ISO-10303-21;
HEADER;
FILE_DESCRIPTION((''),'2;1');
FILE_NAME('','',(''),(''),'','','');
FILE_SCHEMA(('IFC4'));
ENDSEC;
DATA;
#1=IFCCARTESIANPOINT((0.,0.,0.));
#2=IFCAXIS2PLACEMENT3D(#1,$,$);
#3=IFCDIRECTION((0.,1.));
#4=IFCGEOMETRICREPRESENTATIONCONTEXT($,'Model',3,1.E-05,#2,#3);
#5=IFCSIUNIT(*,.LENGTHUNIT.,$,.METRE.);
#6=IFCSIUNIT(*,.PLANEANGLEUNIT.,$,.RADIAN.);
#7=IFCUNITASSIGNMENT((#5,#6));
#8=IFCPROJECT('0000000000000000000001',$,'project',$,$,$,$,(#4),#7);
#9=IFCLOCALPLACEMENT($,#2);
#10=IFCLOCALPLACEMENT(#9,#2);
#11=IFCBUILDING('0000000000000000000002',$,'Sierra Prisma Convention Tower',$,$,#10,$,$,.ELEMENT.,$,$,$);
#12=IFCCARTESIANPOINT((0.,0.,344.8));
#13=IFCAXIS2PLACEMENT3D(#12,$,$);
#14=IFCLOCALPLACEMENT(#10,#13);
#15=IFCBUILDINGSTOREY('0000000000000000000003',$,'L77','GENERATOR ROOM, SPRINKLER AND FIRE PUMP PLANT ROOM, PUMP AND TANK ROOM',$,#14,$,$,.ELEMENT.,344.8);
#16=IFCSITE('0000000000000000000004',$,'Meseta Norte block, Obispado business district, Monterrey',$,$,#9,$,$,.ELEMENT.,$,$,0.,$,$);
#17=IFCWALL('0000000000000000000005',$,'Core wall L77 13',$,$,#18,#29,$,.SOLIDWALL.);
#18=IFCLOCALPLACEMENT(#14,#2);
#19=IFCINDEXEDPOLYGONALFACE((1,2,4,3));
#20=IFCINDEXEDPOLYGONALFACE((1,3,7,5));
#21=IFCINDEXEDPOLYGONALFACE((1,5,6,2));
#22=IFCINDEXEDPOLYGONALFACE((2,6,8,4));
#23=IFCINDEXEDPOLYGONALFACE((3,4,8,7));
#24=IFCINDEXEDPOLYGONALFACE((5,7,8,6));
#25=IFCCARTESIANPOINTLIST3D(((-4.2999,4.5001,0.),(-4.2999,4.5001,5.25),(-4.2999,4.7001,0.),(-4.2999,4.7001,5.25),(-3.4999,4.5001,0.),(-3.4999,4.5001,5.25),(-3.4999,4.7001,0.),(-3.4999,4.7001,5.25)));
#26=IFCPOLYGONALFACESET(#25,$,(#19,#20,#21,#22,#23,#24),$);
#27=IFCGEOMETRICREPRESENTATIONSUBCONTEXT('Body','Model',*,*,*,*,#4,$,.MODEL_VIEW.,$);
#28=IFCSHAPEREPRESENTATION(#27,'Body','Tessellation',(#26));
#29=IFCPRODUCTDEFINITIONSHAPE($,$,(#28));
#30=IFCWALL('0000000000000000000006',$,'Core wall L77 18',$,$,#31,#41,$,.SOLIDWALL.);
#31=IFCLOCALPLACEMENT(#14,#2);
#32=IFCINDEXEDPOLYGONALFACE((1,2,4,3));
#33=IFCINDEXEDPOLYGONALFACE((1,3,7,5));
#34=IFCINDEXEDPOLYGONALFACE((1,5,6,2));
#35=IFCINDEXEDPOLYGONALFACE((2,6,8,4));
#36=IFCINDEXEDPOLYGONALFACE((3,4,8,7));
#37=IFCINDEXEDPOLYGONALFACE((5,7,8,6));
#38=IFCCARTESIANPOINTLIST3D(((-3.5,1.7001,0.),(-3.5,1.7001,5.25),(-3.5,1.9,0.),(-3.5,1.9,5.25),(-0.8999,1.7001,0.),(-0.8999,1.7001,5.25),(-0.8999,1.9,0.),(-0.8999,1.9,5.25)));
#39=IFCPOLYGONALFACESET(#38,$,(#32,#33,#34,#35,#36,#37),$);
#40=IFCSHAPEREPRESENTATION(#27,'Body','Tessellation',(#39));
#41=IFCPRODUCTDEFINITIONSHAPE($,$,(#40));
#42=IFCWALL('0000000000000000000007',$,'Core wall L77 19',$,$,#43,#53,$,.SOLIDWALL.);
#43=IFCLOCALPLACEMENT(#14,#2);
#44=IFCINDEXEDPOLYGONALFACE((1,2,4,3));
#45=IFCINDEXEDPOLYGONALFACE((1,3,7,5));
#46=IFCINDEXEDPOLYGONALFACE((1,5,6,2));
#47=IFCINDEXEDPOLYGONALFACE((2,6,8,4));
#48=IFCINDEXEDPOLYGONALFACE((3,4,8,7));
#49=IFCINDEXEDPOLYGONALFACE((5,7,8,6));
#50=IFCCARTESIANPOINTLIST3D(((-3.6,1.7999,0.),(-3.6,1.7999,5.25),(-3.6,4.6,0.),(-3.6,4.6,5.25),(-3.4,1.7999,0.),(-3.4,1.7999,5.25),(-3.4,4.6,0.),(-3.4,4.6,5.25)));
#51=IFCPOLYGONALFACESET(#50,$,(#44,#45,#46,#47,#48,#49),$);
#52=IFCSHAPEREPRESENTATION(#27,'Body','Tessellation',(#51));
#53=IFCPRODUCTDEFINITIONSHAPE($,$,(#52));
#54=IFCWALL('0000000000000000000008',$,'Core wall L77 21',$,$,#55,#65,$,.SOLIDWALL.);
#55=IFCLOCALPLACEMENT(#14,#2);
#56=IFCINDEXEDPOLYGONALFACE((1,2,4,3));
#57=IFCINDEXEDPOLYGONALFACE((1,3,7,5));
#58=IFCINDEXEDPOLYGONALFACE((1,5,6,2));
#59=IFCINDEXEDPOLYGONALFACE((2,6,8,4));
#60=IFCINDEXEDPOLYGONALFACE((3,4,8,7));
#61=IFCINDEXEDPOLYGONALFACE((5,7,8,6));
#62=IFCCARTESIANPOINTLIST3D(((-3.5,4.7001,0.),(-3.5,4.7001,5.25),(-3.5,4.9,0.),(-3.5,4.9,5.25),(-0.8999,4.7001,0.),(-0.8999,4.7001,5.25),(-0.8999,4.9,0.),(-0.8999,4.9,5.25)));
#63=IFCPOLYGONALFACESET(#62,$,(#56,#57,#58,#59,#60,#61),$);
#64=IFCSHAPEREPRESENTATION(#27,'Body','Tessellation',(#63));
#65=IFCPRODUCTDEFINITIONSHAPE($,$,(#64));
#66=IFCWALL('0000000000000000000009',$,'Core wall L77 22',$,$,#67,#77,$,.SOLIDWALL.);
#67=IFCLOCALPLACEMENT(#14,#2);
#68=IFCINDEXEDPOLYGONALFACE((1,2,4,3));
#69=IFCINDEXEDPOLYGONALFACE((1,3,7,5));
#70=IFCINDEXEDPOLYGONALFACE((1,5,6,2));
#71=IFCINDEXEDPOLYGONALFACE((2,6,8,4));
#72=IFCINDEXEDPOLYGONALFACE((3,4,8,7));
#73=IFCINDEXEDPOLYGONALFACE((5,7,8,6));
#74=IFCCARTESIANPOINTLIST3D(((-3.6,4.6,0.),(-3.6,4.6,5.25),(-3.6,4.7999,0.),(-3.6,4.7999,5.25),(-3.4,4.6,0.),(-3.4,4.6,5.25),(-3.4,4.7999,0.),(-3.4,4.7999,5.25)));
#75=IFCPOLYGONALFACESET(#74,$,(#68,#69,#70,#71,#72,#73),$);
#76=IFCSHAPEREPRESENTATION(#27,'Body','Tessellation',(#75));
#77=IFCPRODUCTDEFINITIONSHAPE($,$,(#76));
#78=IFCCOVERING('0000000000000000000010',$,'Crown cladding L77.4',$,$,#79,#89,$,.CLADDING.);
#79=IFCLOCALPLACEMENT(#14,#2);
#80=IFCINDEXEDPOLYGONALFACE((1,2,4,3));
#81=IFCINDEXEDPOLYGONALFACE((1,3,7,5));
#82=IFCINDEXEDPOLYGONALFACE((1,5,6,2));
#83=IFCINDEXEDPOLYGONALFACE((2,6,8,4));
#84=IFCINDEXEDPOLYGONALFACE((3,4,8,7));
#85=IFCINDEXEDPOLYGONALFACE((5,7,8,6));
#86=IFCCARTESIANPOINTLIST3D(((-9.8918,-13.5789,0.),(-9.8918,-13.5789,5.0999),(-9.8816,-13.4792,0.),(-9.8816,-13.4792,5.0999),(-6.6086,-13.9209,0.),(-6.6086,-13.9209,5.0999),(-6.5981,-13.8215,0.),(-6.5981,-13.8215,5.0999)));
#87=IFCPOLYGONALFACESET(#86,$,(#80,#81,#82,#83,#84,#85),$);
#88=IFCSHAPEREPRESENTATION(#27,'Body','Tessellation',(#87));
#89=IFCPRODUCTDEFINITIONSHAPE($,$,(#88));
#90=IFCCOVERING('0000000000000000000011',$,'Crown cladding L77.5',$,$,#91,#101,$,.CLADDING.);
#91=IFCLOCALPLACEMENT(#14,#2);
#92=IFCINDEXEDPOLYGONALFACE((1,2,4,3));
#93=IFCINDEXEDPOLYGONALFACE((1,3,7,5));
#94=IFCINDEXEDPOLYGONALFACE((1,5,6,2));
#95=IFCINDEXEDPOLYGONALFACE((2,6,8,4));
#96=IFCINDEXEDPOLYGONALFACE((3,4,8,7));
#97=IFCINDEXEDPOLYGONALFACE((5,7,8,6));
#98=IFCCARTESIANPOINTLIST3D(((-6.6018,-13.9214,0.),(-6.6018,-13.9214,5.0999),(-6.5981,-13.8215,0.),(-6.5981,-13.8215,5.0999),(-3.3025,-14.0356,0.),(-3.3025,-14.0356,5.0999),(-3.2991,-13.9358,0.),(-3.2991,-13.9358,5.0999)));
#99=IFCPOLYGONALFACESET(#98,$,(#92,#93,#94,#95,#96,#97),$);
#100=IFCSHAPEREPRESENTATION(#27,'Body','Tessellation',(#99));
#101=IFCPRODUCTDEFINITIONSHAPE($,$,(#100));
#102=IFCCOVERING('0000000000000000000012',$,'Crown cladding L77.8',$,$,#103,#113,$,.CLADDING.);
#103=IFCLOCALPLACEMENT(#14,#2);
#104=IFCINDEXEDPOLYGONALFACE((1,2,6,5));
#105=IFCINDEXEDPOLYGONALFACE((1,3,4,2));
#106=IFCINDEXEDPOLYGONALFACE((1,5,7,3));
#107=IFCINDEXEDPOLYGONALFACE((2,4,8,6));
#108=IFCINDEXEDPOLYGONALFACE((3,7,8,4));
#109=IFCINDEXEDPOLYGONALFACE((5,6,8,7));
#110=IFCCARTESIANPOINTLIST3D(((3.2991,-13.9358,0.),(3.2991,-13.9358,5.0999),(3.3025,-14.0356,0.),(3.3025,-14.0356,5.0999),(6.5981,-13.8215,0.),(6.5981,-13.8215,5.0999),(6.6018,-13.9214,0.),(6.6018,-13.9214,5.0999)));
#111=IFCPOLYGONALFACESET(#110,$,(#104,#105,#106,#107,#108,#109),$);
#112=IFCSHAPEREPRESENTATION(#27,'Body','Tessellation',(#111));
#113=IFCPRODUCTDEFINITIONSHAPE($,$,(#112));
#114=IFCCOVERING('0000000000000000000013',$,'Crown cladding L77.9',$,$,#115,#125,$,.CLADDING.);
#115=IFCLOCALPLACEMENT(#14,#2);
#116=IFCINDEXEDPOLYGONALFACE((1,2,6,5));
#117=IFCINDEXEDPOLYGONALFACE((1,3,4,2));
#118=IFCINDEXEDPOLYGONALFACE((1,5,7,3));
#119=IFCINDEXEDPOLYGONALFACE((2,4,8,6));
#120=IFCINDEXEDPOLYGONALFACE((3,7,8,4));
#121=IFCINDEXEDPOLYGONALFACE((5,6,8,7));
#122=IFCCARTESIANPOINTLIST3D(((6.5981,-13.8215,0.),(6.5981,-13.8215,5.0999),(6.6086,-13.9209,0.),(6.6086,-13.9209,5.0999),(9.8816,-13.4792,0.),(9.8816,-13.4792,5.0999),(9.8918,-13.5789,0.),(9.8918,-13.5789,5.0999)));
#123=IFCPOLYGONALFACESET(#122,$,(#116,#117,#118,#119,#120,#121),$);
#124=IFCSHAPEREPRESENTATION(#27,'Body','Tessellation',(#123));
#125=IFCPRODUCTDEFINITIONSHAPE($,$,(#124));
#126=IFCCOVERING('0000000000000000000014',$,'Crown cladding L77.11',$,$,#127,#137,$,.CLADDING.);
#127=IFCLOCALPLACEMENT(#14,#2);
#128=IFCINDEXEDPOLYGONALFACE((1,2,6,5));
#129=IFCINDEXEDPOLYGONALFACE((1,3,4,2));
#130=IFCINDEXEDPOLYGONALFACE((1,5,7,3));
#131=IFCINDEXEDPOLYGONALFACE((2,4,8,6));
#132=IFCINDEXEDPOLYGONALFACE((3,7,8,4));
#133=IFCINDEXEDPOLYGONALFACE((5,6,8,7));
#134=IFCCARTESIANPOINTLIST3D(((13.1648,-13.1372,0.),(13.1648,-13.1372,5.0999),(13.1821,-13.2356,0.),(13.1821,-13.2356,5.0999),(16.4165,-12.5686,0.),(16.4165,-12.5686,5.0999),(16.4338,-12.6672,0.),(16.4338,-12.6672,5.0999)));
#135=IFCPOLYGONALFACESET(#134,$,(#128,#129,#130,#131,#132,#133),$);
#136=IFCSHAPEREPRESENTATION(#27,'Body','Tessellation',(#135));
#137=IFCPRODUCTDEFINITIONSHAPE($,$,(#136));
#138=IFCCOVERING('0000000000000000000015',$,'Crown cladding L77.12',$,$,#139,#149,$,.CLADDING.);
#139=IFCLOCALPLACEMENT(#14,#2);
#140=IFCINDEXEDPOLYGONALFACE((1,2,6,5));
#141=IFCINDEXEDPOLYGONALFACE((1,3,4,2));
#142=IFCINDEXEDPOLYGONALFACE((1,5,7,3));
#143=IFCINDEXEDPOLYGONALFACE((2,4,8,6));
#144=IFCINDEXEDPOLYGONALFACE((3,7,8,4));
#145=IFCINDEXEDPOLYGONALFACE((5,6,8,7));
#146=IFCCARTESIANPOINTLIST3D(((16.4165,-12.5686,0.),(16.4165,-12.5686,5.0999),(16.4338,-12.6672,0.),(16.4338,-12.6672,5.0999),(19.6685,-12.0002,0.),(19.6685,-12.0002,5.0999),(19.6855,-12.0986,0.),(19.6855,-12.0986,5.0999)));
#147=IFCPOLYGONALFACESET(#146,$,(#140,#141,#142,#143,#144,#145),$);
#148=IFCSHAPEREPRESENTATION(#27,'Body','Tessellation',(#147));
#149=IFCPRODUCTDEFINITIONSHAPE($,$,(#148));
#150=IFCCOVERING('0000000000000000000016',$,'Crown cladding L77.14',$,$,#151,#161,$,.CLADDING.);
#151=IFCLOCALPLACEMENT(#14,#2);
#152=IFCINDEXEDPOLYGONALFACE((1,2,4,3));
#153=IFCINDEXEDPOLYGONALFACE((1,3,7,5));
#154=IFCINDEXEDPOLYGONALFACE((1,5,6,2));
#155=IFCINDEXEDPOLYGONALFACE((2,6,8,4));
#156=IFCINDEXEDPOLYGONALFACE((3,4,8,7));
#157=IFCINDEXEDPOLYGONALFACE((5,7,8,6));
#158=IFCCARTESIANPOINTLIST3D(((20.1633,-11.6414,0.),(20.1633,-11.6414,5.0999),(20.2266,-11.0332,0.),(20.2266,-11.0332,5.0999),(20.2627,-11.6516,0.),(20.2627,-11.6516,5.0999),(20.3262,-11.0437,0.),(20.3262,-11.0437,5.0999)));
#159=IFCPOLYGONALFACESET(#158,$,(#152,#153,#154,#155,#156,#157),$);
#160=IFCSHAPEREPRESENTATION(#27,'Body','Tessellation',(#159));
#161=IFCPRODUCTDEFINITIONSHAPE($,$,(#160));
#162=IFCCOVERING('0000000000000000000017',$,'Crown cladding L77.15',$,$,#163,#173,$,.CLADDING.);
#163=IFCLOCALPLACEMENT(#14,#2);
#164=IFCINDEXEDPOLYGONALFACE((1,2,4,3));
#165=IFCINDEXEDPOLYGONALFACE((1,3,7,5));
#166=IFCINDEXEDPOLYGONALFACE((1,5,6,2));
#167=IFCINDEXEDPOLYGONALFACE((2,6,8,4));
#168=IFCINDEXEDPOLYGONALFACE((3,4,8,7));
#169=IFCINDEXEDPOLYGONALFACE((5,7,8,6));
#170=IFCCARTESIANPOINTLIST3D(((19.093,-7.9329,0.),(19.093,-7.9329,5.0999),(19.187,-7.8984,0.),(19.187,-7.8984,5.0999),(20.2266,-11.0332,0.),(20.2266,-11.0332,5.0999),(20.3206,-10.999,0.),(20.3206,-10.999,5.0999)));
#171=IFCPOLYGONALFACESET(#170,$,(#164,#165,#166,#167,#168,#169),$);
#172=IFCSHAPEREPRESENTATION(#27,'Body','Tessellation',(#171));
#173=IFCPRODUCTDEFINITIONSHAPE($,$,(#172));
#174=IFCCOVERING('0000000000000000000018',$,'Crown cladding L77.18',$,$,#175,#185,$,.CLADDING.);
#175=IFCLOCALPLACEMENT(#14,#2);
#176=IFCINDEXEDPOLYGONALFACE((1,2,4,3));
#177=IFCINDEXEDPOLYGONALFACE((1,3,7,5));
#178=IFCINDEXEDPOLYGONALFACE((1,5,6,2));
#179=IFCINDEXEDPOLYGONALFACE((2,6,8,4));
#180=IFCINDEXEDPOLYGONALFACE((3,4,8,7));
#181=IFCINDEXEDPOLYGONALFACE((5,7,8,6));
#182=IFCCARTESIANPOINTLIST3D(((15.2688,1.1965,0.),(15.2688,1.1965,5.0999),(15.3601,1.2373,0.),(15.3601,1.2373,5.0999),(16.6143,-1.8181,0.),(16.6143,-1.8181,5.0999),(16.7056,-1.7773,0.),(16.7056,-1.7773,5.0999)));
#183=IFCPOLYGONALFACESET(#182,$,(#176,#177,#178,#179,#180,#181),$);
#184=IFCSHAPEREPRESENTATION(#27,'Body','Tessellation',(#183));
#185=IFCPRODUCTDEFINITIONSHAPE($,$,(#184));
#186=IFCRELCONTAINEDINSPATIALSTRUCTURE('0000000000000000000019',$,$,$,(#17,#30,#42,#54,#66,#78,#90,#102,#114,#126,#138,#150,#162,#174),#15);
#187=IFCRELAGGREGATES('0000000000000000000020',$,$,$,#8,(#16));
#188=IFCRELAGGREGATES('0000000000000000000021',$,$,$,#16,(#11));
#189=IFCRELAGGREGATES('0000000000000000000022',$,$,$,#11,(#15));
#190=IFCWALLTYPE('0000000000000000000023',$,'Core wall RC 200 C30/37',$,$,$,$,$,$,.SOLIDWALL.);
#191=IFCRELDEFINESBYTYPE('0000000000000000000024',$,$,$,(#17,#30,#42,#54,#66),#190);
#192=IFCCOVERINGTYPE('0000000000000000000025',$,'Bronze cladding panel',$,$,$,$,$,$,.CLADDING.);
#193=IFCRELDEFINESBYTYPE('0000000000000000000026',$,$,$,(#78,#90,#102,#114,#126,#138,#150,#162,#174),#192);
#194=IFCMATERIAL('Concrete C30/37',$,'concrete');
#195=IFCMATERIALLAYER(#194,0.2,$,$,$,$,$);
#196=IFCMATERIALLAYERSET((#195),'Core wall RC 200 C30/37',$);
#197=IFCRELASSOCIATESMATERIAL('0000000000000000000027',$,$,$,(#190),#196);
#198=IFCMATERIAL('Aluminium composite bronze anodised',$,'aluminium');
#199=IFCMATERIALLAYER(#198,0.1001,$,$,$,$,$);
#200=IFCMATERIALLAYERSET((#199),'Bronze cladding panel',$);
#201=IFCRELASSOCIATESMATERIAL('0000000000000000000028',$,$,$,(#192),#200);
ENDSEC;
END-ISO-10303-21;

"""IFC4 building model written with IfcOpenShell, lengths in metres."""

from ifc_helpers import new_model, si_unit, direction, frame, frame_2d, origin, place, context, subcontext, project, spatial, polyline, rectangle, outline, extrude, material, layer, layer_set, type_object, element, save


model = new_model("IFC4")

# Units and contexts
model_context = context("Model", 3, precision=1e-05, world=origin(), true_north=direction((0.0, 1.0)))
body_context = subcontext(model_context, "Body", "Model", "MODEL_VIEW")
ifc_project = project(units=[si_unit("LENGTHUNIT", "METRE"), si_unit("PLANEANGLEUNIT", "RADIAN")], contexts=[model_context])

# Site, building, storey
site_placement = place(None, origin())
site = spatial("IfcSite", under=ifc_project, at=site_placement, Name="Meseta Norte block, Obispado business district, Monterrey", CompositionType="ELEMENT", RefElevation=0.0)
building_placement = place(site_placement, origin())
building = spatial("IfcBuilding", under=site, at=building_placement, Name="Sierra Prisma Convention Tower", CompositionType="ELEMENT")
storey_placement = place(building_placement, frame((0.0, 0.0, 344.8)))
storey = spatial("IfcBuildingStorey", under=building, at=storey_placement, Name="L77", Description="GENERATOR ROOM, SPRINKLER AND FIRE PUMP PLANT ROOM, PUMP AND TANK ROOM", CompositionType="ELEMENT", Elevation=344.8)

# Walls
ifc_material_1 = material(Name="Concrete C30/37", Category="concrete")
ifc_layer_1 = layer(ifc_material_1, 0.2)
ifc_layer_set_1 = layer_set([ifc_layer_1], Name="Core wall RC 200 C30/37")
wall_type = type_object("IfcWallType", Name="Core wall RC 200 C30/37", PredefinedType="SOLIDWALL", material=ifc_layer_set_1)
wall_1_placement = place(storey_placement, frame((-3.5, 4.6001, 0.0), z_axis=(0.0, 0.0, 1.0), x_axis=(-1.0, 0.0, 0.0)))
element("IfcWall", 1, at=wall_1_placement, inside=storey, type_object=wall_type, Name="Core wall L77 13", PredefinedType="SOLIDWALL", context=body_context, shape_type="SweptSolid", body=[
    extrude(rectangle(XDim=0.8, YDim=0.2, at=frame_2d((0.3999, 0.0))), origin(), (0.0, 0.0, 1.0), 5.25),
])
wall_2_placement = place(storey_placement, frame((-0.8999, 1.8, 0.0), z_axis=(0.0, 0.0, 1.0), x_axis=(-1.0, 0.0, 0.0)))
element("IfcWall", 2, at=wall_2_placement, inside=storey, type_object=wall_type, Name="Core wall L77 18", PredefinedType="SOLIDWALL", context=body_context, shape_type="SweptSolid", body=[
    extrude(rectangle(XDim=2.6001, YDim=0.2, at=frame_2d((1.3, 0.0))), origin(), (0.0, 0.0, 1.0), 5.25),
])
wall_3_placement = place(storey_placement, frame((-3.5, 1.8, 0.0), z_axis=(0.0, 0.0, 1.0), x_axis=(0.0, 1.0, 0.0)))
element("IfcWall", 3, at=wall_3_placement, inside=storey, type_object=wall_type, Name="Core wall L77 19", PredefinedType="SOLIDWALL", context=body_context, shape_type="SweptSolid", body=[
    extrude(rectangle(XDim=2.8, YDim=0.2, at=frame_2d((1.3999, 0.0))), origin(), (0.0, 0.0, 1.0), 5.25),
])

# Walls
wall_4_placement = place(storey_placement, frame((-0.8999, 4.8, 0.0), z_axis=(0.0, 0.0, 1.0), x_axis=(-1.0, 0.0, 0.0)))
element("IfcWall", 4, at=wall_4_placement, inside=storey, type_object=wall_type, Name="Core wall L77 21", PredefinedType="SOLIDWALL", context=body_context, shape_type="SweptSolid", body=[
    extrude(rectangle(XDim=2.6001, YDim=0.2, at=frame_2d((1.3, 0.0))), origin(), (0.0, 0.0, 1.0), 5.25),
])
wall_5_placement = place(storey_placement, frame((-3.5, 4.8, 0.0), z_axis=(0.0, 0.0, 1.0), x_axis=(0.0, -1.0, 0.0)))
element("IfcWall", 5, at=wall_5_placement, inside=storey, type_object=wall_type, Name="Core wall L77 22", PredefinedType="SOLIDWALL", context=body_context, shape_type="SweptSolid", body=[
    extrude(rectangle(XDim=0.2, YDim=0.2, at=frame_2d((0.1001, 0.0))), origin(), (0.0, 0.0, 1.0), 5.25),
])

# Coverings
ifc_material_2 = material(Name="Aluminium composite bronze anodised", Category="aluminium")
ifc_layer_2 = layer(ifc_material_2, 0.1001)
ifc_layer_set_2 = layer_set([ifc_layer_2], Name="Bronze cladding panel")
covering_type = type_object("IfcCoveringType", Name="Bronze cladding panel", PredefinedType="CLADDING", material=ifc_layer_set_2)
covering_1_placement = place(storey_placement, origin())
element("IfcCovering", 6, at=covering_1_placement, inside=storey, type_object=covering_type, Name="Crown cladding L77.4", PredefinedType="CLADDING", context=body_context, shape_type="SweptSolid", body=[
    extrude(outline(polyline([(-9.8816, -13.4792), (-6.5981, -13.8215), (-6.6086, -13.9209), (-9.8918, -13.5789), (-9.8816, -13.4792)])), origin(), (0.0, 0.0, 1.0), 5.0999),
])
covering_2_placement = place(storey_placement, origin())
element("IfcCovering", 7, at=covering_2_placement, inside=storey, type_object=covering_type, Name="Crown cladding L77.5", PredefinedType="CLADDING", context=body_context, shape_type="SweptSolid", body=[
    extrude(outline(polyline([(-6.5981, -13.8215), (-3.2991, -13.9358), (-3.3025, -14.0356), (-6.6018, -13.9214), (-6.5981, -13.8215)])), origin(), (0.0, 0.0, 1.0), 5.0999),
])
covering_3_placement = place(storey_placement, origin())
element("IfcCovering", 8, at=covering_3_placement, inside=storey, type_object=covering_type, Name="Crown cladding L77.8", PredefinedType="CLADDING", context=body_context, shape_type="SweptSolid", body=[
    extrude(outline(polyline([(3.2991, -13.9358), (6.5981, -13.8215), (6.6018, -13.9214), (3.3025, -14.0356), (3.2991, -13.9358)])), origin(), (0.0, 0.0, 1.0), 5.0999),
])
covering_4_placement = place(storey_placement, origin())
element("IfcCovering", 9, at=covering_4_placement, inside=storey, type_object=covering_type, Name="Crown cladding L77.9", PredefinedType="CLADDING", context=body_context, shape_type="SweptSolid", body=[
    extrude(outline(polyline([(6.5981, -13.8215), (9.8816, -13.4792), (9.8918, -13.5789), (6.6086, -13.9209), (6.5981, -13.8215)])), origin(), (0.0, 0.0, 1.0), 5.0999),
])
covering_5_placement = place(storey_placement, origin())
element("IfcCovering", 10, at=covering_5_placement, inside=storey, type_object=covering_type, Name="Crown cladding L77.11", PredefinedType="CLADDING", context=body_context, shape_type="SweptSolid", body=[
    extrude(outline(polyline([(13.1648, -13.1372), (16.4165, -12.5686), (16.4338, -12.6672), (13.1821, -13.2356), (13.1648, -13.1372)])), origin(), (0.0, 0.0, 1.0), 5.0999),
])
covering_6_placement = place(storey_placement, origin())
element("IfcCovering", 11, at=covering_6_placement, inside=storey, type_object=covering_type, Name="Crown cladding L77.12", PredefinedType="CLADDING", context=body_context, shape_type="SweptSolid", body=[
    extrude(outline(polyline([(16.4165, -12.5686), (19.6685, -12.0002), (19.6855, -12.0986), (16.4338, -12.6672), (16.4165, -12.5686)])), origin(), (0.0, 0.0, 1.0), 5.0999),
])
covering_7_placement = place(storey_placement, origin())
element("IfcCovering", 12, at=covering_7_placement, inside=storey, type_object=covering_type, Name="Crown cladding L77.14", PredefinedType="CLADDING", context=body_context, shape_type="SweptSolid", body=[
    extrude(outline(polyline([(20.1633, -11.6414), (20.2266, -11.0332), (20.3262, -11.0437), (20.2627, -11.6516), (20.1633, -11.6414)])), origin(), (0.0, 0.0, 1.0), 5.0999),
])
covering_8_placement = place(storey_placement, origin())
element("IfcCovering", 13, at=covering_8_placement, inside=storey, type_object=covering_type, Name="Crown cladding L77.15", PredefinedType="CLADDING", context=body_context, shape_type="SweptSolid", body=[
    extrude(outline(polyline([(20.2266, -11.0332), (19.093, -7.9329), (19.187, -7.8984), (20.3206, -10.999), (20.2266, -11.0332)])), origin(), (0.0, 0.0, 1.0), 5.0999),
])
covering_9_placement = place(storey_placement, origin())
element("IfcCovering", 14, at=covering_9_placement, inside=storey, type_object=covering_type, Name="Crown cladding L77.18", PredefinedType="CLADDING", context=body_context, shape_type="SweptSolid", body=[
    extrude(outline(polyline([(16.6143, -1.8181), (15.2688, 1.1965), (15.3601, 1.2373), (16.7056, -1.7773), (16.6143, -1.8181)])), origin(), (0.0, 0.0, 1.0), 5.0999),
])

save(model, "model.ifc")
